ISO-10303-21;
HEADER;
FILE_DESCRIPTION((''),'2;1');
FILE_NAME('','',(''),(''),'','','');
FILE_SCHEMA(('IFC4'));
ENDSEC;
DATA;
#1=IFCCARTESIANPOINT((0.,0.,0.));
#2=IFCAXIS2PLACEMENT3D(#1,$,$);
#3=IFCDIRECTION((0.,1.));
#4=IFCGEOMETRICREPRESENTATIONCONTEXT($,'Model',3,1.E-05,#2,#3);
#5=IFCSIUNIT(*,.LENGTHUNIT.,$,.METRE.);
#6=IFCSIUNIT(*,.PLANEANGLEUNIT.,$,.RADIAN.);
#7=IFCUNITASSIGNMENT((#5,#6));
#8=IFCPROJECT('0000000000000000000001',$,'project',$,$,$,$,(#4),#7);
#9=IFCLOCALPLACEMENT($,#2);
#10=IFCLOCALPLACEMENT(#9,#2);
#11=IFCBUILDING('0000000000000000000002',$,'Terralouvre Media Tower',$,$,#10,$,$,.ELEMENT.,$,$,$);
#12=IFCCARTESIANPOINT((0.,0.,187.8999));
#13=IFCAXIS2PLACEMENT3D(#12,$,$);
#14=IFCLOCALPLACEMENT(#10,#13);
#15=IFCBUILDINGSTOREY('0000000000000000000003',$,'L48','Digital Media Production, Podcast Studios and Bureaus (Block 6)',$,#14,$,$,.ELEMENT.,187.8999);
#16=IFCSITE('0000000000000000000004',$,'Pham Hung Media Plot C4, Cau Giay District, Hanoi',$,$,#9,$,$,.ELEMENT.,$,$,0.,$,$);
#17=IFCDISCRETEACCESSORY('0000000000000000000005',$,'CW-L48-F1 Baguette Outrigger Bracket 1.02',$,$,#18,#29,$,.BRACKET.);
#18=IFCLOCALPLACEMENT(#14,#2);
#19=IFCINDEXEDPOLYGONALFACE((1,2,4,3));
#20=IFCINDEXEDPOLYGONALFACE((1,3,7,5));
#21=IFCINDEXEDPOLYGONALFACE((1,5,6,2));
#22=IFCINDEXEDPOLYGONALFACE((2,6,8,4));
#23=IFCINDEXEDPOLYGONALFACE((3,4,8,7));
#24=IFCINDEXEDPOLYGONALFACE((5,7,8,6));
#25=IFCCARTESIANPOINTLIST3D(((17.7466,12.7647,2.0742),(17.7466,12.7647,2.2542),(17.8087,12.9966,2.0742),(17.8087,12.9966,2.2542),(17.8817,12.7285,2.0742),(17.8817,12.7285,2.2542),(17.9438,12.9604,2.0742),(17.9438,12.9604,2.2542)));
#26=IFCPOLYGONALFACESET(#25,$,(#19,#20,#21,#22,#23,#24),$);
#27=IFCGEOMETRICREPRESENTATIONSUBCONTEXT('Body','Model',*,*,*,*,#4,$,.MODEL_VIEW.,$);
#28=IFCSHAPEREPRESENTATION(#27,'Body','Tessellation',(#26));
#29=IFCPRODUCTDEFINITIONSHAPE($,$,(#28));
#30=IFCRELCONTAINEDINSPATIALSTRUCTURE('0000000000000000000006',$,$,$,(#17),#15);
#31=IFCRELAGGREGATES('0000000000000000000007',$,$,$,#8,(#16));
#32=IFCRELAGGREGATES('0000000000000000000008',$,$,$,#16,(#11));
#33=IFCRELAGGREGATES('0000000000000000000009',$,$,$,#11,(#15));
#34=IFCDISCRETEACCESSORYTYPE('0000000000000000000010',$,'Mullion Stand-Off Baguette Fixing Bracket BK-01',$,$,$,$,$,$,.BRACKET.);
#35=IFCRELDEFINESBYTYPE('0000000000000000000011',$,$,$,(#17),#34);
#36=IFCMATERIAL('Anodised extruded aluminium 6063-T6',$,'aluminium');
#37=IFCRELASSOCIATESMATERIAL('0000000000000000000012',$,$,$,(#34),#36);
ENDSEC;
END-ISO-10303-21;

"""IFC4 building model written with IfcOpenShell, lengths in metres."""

from ifc_helpers import new_model, si_unit, direction, frame, origin, origin_2d, place, context, subcontext, project, spatial, rectangle, extrude, material, type_object, element, save


model = new_model("IFC4")

# Units and contexts
model_context = context("Model", 3, precision=1e-05, world=origin(), true_north=direction((0.0, 1.0)))
body_context = subcontext(model_context, "Body", "Model", "MODEL_VIEW")
ifc_project = project(units=[si_unit("LENGTHUNIT", "METRE"), si_unit("PLANEANGLEUNIT", "RADIAN")], contexts=[model_context])

# Site, building, storey
site_placement = place(None, origin())
site = spatial("IfcSite", under=ifc_project, at=site_placement, Name="Pham Hung Media Plot C4, Cau Giay District, Hanoi", CompositionType="ELEMENT", RefElevation=0.0)
building_placement = place(site_placement, origin())
building = spatial("IfcBuilding", under=site, at=building_placement, Name="Terralouvre Media Tower", CompositionType="ELEMENT")
storey_placement = place(building_placement, frame((0.0, 0.0, 187.8999)))
storey = spatial("IfcBuildingStorey", under=building, at=storey_placement, Name="L48", Description="Digital Media Production, Podcast Studios and Bureaus (Block 6)", CompositionType="ELEMENT", Elevation=187.8999)

# Discrete accessory
ifc_material_1 = material(Name="Anodised extruded aluminium 6063-T6", Category="aluminium")
discrete_accessory_type = type_object("IfcDiscreteAccessoryType", Name="Mullion Stand-Off Baguette Fixing Bracket BK-01", PredefinedType="BRACKET", material=ifc_material_1)
discrete_accessory_placement = place(storey_placement, frame((17.8452, 12.8625, 2.0742), z_axis=(0.0, 0.0, 1.0), x_axis=(-0.965926, 0.258819, 0.0)))
element("IfcDiscreteAccessory", 1, at=discrete_accessory_placement, inside=storey, type_object=discrete_accessory_type, Name="CW-L48-F1 Baguette Outrigger Bracket 1.02", PredefinedType="BRACKET", context=body_context, shape_type="SweptSolid", body=[
    extrude(rectangle(XDim=0.1399, YDim=0.24, at=origin_2d()), origin(), (0.0, 0.0, 1.0), 0.1799),
])

save(model, "model.ifc")
